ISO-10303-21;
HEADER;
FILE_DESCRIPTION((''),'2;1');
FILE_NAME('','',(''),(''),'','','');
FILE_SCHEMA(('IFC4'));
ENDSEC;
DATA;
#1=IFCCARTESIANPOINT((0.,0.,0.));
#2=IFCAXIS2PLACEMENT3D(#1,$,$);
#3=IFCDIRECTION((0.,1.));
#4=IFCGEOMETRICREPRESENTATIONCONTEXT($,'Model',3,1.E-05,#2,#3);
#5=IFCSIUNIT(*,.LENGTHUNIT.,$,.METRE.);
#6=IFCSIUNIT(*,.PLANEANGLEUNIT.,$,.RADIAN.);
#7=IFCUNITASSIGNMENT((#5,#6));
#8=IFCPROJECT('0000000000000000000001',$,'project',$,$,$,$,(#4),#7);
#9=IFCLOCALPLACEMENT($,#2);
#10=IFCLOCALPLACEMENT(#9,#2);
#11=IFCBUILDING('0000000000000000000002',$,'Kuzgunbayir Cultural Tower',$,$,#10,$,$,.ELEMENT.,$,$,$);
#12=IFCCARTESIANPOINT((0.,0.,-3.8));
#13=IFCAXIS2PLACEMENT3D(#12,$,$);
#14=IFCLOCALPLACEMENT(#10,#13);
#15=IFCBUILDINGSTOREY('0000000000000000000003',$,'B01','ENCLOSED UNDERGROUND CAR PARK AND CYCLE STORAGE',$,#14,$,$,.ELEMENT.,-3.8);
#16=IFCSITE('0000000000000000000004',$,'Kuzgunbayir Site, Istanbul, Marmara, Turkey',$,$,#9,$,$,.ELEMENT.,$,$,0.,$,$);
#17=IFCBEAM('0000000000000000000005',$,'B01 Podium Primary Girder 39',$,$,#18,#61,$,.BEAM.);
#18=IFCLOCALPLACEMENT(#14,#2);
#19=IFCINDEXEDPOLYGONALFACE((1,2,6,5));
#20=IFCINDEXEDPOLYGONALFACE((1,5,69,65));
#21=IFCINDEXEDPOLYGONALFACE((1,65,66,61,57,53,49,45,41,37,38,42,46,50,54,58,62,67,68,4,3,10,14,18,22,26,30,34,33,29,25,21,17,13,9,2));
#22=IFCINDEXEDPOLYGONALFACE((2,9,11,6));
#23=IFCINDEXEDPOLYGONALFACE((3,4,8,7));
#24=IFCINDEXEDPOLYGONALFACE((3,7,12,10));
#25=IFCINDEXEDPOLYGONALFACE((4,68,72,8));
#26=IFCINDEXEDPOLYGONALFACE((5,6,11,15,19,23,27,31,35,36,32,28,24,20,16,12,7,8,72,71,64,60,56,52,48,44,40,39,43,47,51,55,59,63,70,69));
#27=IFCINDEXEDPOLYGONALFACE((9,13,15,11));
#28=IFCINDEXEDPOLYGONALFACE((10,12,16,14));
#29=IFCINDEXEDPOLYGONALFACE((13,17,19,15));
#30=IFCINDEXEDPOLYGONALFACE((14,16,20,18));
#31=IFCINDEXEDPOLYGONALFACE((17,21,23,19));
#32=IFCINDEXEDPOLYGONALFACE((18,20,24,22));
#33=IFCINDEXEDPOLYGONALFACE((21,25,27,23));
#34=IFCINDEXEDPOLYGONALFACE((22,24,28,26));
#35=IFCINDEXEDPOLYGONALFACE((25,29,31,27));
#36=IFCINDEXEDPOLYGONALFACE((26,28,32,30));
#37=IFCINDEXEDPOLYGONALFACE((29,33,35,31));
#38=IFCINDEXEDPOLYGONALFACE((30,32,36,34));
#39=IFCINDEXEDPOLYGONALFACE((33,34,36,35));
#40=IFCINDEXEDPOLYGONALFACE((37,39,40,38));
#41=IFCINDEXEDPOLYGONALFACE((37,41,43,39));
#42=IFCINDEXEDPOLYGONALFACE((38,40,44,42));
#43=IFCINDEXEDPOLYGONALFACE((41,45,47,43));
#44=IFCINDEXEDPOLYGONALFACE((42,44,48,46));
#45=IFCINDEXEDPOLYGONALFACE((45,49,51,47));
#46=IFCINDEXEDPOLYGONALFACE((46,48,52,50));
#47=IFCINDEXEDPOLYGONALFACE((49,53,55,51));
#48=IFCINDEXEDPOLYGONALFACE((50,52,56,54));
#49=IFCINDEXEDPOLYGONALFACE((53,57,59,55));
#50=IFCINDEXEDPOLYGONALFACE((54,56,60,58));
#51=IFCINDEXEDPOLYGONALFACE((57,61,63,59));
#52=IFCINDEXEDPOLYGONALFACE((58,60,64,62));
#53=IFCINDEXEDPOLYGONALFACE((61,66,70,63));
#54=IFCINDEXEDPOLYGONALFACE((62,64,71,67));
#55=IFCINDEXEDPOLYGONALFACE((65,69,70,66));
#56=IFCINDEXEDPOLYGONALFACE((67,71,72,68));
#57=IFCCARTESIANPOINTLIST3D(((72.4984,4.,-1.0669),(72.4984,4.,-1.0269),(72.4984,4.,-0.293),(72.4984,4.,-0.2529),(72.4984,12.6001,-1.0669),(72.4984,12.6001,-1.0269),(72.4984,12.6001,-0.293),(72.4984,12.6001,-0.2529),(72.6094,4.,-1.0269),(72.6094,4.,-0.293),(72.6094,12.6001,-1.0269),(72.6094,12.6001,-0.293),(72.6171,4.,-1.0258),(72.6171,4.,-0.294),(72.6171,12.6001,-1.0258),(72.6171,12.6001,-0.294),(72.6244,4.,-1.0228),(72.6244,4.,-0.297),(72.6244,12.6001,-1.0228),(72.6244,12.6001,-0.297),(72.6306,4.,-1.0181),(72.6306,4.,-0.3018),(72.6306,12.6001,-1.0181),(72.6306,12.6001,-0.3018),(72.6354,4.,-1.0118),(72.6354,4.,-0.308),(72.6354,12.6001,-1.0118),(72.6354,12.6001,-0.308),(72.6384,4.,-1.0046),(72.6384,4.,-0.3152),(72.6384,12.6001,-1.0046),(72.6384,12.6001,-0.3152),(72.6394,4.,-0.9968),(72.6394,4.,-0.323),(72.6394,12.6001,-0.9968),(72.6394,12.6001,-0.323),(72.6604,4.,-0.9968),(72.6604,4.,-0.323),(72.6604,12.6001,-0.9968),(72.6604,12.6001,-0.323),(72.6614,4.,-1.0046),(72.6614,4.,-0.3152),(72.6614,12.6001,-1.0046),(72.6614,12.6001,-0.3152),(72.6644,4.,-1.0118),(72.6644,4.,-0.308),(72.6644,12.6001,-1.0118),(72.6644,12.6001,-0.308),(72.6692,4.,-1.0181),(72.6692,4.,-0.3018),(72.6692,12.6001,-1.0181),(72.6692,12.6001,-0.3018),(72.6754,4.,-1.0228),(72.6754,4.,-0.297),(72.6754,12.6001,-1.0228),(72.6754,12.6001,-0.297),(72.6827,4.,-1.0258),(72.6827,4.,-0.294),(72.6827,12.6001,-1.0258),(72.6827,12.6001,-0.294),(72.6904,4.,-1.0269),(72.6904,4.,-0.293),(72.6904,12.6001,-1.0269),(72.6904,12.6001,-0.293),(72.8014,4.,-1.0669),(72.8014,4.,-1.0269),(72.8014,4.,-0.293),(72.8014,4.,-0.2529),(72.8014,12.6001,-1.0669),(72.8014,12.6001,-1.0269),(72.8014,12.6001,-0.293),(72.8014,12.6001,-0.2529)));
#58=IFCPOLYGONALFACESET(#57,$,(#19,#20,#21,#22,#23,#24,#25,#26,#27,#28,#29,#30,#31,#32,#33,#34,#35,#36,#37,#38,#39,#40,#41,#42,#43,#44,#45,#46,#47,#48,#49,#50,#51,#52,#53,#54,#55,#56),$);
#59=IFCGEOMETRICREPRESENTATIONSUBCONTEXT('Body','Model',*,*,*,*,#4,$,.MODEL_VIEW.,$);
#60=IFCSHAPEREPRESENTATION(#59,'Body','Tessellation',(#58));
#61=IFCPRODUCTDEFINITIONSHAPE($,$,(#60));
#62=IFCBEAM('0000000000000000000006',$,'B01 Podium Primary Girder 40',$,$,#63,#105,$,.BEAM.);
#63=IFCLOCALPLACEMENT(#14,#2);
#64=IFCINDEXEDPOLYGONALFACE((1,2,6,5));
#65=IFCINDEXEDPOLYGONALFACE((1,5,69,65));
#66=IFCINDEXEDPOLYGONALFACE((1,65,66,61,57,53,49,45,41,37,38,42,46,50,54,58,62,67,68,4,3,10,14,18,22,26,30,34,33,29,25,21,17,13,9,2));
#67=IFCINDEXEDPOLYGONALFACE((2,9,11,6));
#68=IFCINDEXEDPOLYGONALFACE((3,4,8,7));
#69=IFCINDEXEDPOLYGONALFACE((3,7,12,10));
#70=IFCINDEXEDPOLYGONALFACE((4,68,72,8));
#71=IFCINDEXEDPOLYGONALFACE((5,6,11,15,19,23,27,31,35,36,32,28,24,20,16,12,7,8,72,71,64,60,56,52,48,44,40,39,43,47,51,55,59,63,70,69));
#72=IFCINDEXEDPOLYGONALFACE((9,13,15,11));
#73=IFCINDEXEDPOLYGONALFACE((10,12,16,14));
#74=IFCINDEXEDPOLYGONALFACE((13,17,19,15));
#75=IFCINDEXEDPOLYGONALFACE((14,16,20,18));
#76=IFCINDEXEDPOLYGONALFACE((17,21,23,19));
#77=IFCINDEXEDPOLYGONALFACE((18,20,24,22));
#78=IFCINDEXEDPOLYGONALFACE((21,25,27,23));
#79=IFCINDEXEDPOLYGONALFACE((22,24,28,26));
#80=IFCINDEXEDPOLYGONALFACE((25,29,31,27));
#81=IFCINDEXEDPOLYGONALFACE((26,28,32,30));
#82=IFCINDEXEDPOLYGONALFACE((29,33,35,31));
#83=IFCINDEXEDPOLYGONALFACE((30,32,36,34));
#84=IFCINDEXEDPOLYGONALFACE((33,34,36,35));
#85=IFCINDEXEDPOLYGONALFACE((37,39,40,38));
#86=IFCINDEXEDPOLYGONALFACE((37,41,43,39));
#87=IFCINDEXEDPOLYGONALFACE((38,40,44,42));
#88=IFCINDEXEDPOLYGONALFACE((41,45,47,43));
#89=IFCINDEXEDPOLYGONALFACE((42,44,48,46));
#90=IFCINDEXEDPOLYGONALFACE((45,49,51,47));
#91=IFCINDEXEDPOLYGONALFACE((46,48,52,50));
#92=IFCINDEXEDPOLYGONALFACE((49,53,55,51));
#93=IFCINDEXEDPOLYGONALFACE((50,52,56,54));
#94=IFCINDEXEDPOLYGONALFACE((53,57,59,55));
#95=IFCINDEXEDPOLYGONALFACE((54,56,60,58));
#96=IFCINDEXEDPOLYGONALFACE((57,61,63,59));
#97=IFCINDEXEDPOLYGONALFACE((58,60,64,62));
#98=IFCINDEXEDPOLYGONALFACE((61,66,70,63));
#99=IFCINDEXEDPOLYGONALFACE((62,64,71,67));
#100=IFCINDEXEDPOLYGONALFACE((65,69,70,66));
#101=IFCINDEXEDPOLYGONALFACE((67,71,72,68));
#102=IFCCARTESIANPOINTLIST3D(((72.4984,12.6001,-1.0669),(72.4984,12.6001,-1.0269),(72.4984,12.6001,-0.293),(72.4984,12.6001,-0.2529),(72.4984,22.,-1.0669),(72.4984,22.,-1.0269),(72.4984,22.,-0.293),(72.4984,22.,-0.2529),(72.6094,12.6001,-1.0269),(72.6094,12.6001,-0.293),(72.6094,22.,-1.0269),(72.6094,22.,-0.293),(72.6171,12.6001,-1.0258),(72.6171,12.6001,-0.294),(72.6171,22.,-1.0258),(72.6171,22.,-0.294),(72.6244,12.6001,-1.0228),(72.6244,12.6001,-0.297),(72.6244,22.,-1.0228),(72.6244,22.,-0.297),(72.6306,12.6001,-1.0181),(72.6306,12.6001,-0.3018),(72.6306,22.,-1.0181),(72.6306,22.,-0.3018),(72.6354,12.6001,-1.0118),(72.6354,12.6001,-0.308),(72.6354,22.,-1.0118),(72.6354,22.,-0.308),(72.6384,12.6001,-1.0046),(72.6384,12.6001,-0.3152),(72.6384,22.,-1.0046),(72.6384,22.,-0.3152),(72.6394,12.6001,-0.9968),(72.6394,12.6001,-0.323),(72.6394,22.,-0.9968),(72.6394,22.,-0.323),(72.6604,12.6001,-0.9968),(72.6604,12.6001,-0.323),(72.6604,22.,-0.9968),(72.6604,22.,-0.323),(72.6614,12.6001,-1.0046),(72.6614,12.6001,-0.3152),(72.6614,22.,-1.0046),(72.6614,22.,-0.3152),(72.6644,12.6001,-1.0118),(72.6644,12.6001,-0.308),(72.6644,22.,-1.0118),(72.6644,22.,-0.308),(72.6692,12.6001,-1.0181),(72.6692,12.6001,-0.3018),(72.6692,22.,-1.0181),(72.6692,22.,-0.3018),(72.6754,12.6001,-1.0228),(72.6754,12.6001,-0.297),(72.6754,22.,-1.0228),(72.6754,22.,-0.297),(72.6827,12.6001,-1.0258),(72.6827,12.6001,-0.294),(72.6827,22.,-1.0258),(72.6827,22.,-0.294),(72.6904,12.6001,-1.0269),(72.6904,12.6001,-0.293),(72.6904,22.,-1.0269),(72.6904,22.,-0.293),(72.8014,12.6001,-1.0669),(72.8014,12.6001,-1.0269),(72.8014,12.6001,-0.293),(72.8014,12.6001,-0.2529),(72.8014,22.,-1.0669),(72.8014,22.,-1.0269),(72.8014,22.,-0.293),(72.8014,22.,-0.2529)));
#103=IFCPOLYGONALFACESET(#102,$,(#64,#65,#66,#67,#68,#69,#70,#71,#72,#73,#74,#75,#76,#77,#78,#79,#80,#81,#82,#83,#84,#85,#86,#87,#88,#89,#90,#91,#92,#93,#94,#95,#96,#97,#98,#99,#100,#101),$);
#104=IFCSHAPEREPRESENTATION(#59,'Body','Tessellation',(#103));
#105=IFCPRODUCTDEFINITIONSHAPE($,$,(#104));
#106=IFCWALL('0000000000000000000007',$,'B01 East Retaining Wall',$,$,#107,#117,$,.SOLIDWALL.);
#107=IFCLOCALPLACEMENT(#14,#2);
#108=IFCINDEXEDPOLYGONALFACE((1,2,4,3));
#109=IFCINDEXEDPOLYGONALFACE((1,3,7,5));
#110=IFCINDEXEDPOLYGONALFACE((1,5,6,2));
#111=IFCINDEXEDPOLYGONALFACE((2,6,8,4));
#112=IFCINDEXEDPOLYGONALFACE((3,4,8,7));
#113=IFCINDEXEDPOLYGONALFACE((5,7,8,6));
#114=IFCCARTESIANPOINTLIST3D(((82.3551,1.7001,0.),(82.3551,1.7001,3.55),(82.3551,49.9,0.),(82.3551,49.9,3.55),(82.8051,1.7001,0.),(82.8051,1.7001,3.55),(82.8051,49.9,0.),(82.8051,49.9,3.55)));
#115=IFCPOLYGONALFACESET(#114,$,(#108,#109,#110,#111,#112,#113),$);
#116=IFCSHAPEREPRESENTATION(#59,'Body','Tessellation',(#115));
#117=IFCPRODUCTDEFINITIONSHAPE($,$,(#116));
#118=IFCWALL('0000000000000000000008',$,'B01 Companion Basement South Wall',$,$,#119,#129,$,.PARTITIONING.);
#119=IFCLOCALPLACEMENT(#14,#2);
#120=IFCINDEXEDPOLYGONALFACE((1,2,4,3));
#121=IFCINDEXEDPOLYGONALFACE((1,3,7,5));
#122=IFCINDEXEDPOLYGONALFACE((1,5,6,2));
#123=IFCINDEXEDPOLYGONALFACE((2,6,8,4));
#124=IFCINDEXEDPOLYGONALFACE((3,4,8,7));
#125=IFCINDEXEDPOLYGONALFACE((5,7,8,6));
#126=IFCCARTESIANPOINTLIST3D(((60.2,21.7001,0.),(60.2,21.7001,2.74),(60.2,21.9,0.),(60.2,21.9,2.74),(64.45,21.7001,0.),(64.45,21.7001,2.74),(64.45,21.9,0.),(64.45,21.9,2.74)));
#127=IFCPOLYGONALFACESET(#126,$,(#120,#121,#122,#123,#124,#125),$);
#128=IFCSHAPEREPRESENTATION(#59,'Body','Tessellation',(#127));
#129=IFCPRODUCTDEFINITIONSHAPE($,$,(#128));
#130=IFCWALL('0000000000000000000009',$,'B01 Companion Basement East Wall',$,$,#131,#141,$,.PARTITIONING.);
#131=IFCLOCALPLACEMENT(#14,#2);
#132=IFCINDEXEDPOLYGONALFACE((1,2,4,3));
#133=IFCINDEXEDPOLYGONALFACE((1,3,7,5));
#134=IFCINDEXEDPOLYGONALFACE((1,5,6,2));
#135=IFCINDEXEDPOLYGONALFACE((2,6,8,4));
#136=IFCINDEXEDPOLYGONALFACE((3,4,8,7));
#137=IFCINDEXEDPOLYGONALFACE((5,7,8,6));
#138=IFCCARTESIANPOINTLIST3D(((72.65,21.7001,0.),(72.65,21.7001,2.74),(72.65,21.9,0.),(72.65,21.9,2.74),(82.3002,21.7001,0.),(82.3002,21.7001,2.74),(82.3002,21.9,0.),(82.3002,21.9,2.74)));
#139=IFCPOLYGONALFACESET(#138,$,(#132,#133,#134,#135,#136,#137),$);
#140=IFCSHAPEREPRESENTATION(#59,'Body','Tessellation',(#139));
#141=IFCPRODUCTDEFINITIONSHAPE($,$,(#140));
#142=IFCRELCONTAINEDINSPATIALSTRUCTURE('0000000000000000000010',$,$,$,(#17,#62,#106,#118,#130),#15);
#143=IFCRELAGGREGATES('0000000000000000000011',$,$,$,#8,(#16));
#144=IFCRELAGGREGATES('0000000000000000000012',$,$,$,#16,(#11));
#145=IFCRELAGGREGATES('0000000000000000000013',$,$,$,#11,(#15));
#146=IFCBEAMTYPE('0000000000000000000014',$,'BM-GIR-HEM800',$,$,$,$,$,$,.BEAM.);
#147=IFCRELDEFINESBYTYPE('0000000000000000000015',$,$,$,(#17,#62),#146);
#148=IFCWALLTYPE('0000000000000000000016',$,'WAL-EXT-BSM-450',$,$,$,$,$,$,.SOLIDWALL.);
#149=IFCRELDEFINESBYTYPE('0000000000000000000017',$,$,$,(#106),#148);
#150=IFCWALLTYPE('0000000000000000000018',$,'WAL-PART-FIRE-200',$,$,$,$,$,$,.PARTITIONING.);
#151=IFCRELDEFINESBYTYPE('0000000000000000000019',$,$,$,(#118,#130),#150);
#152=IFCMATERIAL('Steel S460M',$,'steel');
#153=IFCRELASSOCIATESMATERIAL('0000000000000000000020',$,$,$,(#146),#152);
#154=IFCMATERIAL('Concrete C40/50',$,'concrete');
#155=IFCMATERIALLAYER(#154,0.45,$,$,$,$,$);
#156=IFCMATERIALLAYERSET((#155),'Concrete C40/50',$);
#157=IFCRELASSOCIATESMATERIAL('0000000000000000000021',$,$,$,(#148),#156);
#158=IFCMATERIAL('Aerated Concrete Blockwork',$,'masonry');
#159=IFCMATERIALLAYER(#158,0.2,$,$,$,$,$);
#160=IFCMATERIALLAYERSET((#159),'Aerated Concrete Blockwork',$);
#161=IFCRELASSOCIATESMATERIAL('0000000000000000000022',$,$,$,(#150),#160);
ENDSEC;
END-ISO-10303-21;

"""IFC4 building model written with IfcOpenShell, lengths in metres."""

from ifc_helpers import new_model, si_unit, direction, frame, frame_2d, origin, origin_2d, place, context, subcontext, project, spatial, rectangle, i_section, extrude, material, layer, layer_set, material_profile, profile_set, type_object, element, save


model = new_model("IFC4")

# Units and contexts
model_context = context("Model", 3, precision=1e-05, world=origin(), true_north=direction((0.0, 1.0)))
body_context = subcontext(model_context, "Body", "Model", "MODEL_VIEW")
ifc_project = project(units=[si_unit("LENGTHUNIT", "METRE"), si_unit("PLANEANGLEUNIT", "RADIAN")], contexts=[model_context])

# Site, building, storey
site_placement = place(None, origin())
site = spatial("IfcSite", under=ifc_project, at=site_placement, Name="Kuzgunbayir Site, Istanbul, Marmara, Turkey", CompositionType="ELEMENT", RefElevation=0.0)
building_placement = place(site_placement, origin())
building = spatial("IfcBuilding", under=site, at=building_placement, Name="Kuzgunbayir Cultural Tower", CompositionType="ELEMENT")
storey_placement = place(building_placement, frame((0.0, 0.0, -3.8)))
storey = spatial("IfcBuildingStorey", under=building, at=storey_placement, Name="B01", Description="ENCLOSED UNDERGROUND CAR PARK AND CYCLE STORAGE", CompositionType="ELEMENT", Elevation=-3.8)

# Beams
ifc_material_1 = material(Name="Steel S460M", Category="steel")
ifc_material_profile_1 = material_profile(ifc_material_1, i_section(OverallWidth=0.303, OverallDepth=0.814, WebThickness=0.021, FlangeThickness=0.04, FilletRadius=0.03, at=origin_2d()), Name="HEM 800")
ifc_profile_set_1 = profile_set([ifc_material_profile_1], Name="Steel S460M")
beam_type_1 = type_object("IfcBeamType", Name="BM-GIR-HEM800", PredefinedType="BEAM", material=ifc_profile_set_1)
beam_1_placement = place(storey_placement, frame((72.6499, 4.0, -0.6599), z_axis=(0.0, 1.0, 0.0), x_axis=(-1.0, 0.0, 0.0)))
element("IfcBeam", 1, at=beam_1_placement, inside=storey, type_object=beam_type_1, Name="B01 Podium Primary Girder 39", PredefinedType="BEAM", context=body_context, shape_type="SweptSolid", body=[
    extrude(i_section(OverallWidth=0.303, OverallDepth=0.814, WebThickness=0.021, FlangeThickness=0.04, FilletRadius=0.03, at=origin_2d()), origin(), (0.0, 0.0, 1.0), 8.6001),
])
beam_2_placement = place(storey_placement, frame((72.6499, 12.6001, -0.6599), z_axis=(0.0, 1.0, 0.0), x_axis=(-1.0, 0.0, 0.0)))
element("IfcBeam", 2, at=beam_2_placement, inside=storey, type_object=beam_type_1, Name="B01 Podium Primary Girder 40", PredefinedType="BEAM", context=body_context, shape_type="SweptSolid", body=[
    extrude(i_section(OverallWidth=0.303, OverallDepth=0.814, WebThickness=0.021, FlangeThickness=0.04, FilletRadius=0.03, at=origin_2d()), origin(), (0.0, 0.0, 1.0), 9.3999),
])

# Walls
ifc_material_2 = material(Name="Concrete C40/50", Category="concrete")
ifc_layer_1 = layer(ifc_material_2, 0.45)
ifc_layer_set_1 = layer_set([ifc_layer_1], Name="Concrete C40/50")
wall_type_1 = type_object("IfcWallType", Name="WAL-EXT-BSM-450", PredefinedType="SOLIDWALL", material=ifc_layer_set_1)
wall_1_placement = place(storey_placement, frame((82.5801, 1.7, 0.0), z_axis=(0.0, 0.0, 1.0), x_axis=(0.0, 1.0, 0.0)))
element("IfcWall", 3, at=wall_1_placement, inside=storey, type_object=wall_type_1, Name="B01 East Retaining Wall", PredefinedType="SOLIDWALL", context=body_context, shape_type="SweptSolid", body=[
    extrude(rectangle(XDim=48.2, YDim=0.45, at=frame_2d((24.1001, 0.0))), origin(), (0.0, 0.0, 1.0), 3.55),
])
ifc_material_3 = material(Name="Aerated Concrete Blockwork", Category="masonry")
ifc_layer_2 = layer(ifc_material_3, 0.2)
ifc_layer_set_2 = layer_set([ifc_layer_2], Name="Aerated Concrete Blockwork")
wall_type_2 = type_object("IfcWallType", Name="WAL-PART-FIRE-200", PredefinedType="PARTITIONING", material=ifc_layer_set_2)
wall_2_placement = place(storey_placement, frame((60.2, 21.8, 0.0), z_axis=(0.0, 0.0, 1.0), x_axis=(1.0, 0.0, 0.0)))
element("IfcWall", 4, at=wall_2_placement, inside=storey, type_object=wall_type_2, Name="B01 Companion Basement South Wall", PredefinedType="PARTITIONING", context=body_context, shape_type="SweptSolid", body=[
    extrude(rectangle(XDim=4.25, YDim=0.2, at=frame_2d((2.125, 0.0))), origin(), (0.0, 0.0, 1.0), 2.74),
])
wall_3_placement = place(storey_placement, frame((72.6499, 21.8, 0.0), z_axis=(0.0, 0.0, 1.0), x_axis=(1.0, 0.0, 0.0)))
element("IfcWall", 5, at=wall_3_placement, inside=storey, type_object=wall_type_2, Name="B01 Companion Basement East Wall", PredefinedType="PARTITIONING", context=body_context, shape_type="SweptSolid", body=[
    extrude(rectangle(XDim=9.6501, YDim=0.2, at=frame_2d((4.8252, 0.0))), origin(), (0.0, 0.0, 1.0), 2.74),
])

save(model, "model.ifc")
